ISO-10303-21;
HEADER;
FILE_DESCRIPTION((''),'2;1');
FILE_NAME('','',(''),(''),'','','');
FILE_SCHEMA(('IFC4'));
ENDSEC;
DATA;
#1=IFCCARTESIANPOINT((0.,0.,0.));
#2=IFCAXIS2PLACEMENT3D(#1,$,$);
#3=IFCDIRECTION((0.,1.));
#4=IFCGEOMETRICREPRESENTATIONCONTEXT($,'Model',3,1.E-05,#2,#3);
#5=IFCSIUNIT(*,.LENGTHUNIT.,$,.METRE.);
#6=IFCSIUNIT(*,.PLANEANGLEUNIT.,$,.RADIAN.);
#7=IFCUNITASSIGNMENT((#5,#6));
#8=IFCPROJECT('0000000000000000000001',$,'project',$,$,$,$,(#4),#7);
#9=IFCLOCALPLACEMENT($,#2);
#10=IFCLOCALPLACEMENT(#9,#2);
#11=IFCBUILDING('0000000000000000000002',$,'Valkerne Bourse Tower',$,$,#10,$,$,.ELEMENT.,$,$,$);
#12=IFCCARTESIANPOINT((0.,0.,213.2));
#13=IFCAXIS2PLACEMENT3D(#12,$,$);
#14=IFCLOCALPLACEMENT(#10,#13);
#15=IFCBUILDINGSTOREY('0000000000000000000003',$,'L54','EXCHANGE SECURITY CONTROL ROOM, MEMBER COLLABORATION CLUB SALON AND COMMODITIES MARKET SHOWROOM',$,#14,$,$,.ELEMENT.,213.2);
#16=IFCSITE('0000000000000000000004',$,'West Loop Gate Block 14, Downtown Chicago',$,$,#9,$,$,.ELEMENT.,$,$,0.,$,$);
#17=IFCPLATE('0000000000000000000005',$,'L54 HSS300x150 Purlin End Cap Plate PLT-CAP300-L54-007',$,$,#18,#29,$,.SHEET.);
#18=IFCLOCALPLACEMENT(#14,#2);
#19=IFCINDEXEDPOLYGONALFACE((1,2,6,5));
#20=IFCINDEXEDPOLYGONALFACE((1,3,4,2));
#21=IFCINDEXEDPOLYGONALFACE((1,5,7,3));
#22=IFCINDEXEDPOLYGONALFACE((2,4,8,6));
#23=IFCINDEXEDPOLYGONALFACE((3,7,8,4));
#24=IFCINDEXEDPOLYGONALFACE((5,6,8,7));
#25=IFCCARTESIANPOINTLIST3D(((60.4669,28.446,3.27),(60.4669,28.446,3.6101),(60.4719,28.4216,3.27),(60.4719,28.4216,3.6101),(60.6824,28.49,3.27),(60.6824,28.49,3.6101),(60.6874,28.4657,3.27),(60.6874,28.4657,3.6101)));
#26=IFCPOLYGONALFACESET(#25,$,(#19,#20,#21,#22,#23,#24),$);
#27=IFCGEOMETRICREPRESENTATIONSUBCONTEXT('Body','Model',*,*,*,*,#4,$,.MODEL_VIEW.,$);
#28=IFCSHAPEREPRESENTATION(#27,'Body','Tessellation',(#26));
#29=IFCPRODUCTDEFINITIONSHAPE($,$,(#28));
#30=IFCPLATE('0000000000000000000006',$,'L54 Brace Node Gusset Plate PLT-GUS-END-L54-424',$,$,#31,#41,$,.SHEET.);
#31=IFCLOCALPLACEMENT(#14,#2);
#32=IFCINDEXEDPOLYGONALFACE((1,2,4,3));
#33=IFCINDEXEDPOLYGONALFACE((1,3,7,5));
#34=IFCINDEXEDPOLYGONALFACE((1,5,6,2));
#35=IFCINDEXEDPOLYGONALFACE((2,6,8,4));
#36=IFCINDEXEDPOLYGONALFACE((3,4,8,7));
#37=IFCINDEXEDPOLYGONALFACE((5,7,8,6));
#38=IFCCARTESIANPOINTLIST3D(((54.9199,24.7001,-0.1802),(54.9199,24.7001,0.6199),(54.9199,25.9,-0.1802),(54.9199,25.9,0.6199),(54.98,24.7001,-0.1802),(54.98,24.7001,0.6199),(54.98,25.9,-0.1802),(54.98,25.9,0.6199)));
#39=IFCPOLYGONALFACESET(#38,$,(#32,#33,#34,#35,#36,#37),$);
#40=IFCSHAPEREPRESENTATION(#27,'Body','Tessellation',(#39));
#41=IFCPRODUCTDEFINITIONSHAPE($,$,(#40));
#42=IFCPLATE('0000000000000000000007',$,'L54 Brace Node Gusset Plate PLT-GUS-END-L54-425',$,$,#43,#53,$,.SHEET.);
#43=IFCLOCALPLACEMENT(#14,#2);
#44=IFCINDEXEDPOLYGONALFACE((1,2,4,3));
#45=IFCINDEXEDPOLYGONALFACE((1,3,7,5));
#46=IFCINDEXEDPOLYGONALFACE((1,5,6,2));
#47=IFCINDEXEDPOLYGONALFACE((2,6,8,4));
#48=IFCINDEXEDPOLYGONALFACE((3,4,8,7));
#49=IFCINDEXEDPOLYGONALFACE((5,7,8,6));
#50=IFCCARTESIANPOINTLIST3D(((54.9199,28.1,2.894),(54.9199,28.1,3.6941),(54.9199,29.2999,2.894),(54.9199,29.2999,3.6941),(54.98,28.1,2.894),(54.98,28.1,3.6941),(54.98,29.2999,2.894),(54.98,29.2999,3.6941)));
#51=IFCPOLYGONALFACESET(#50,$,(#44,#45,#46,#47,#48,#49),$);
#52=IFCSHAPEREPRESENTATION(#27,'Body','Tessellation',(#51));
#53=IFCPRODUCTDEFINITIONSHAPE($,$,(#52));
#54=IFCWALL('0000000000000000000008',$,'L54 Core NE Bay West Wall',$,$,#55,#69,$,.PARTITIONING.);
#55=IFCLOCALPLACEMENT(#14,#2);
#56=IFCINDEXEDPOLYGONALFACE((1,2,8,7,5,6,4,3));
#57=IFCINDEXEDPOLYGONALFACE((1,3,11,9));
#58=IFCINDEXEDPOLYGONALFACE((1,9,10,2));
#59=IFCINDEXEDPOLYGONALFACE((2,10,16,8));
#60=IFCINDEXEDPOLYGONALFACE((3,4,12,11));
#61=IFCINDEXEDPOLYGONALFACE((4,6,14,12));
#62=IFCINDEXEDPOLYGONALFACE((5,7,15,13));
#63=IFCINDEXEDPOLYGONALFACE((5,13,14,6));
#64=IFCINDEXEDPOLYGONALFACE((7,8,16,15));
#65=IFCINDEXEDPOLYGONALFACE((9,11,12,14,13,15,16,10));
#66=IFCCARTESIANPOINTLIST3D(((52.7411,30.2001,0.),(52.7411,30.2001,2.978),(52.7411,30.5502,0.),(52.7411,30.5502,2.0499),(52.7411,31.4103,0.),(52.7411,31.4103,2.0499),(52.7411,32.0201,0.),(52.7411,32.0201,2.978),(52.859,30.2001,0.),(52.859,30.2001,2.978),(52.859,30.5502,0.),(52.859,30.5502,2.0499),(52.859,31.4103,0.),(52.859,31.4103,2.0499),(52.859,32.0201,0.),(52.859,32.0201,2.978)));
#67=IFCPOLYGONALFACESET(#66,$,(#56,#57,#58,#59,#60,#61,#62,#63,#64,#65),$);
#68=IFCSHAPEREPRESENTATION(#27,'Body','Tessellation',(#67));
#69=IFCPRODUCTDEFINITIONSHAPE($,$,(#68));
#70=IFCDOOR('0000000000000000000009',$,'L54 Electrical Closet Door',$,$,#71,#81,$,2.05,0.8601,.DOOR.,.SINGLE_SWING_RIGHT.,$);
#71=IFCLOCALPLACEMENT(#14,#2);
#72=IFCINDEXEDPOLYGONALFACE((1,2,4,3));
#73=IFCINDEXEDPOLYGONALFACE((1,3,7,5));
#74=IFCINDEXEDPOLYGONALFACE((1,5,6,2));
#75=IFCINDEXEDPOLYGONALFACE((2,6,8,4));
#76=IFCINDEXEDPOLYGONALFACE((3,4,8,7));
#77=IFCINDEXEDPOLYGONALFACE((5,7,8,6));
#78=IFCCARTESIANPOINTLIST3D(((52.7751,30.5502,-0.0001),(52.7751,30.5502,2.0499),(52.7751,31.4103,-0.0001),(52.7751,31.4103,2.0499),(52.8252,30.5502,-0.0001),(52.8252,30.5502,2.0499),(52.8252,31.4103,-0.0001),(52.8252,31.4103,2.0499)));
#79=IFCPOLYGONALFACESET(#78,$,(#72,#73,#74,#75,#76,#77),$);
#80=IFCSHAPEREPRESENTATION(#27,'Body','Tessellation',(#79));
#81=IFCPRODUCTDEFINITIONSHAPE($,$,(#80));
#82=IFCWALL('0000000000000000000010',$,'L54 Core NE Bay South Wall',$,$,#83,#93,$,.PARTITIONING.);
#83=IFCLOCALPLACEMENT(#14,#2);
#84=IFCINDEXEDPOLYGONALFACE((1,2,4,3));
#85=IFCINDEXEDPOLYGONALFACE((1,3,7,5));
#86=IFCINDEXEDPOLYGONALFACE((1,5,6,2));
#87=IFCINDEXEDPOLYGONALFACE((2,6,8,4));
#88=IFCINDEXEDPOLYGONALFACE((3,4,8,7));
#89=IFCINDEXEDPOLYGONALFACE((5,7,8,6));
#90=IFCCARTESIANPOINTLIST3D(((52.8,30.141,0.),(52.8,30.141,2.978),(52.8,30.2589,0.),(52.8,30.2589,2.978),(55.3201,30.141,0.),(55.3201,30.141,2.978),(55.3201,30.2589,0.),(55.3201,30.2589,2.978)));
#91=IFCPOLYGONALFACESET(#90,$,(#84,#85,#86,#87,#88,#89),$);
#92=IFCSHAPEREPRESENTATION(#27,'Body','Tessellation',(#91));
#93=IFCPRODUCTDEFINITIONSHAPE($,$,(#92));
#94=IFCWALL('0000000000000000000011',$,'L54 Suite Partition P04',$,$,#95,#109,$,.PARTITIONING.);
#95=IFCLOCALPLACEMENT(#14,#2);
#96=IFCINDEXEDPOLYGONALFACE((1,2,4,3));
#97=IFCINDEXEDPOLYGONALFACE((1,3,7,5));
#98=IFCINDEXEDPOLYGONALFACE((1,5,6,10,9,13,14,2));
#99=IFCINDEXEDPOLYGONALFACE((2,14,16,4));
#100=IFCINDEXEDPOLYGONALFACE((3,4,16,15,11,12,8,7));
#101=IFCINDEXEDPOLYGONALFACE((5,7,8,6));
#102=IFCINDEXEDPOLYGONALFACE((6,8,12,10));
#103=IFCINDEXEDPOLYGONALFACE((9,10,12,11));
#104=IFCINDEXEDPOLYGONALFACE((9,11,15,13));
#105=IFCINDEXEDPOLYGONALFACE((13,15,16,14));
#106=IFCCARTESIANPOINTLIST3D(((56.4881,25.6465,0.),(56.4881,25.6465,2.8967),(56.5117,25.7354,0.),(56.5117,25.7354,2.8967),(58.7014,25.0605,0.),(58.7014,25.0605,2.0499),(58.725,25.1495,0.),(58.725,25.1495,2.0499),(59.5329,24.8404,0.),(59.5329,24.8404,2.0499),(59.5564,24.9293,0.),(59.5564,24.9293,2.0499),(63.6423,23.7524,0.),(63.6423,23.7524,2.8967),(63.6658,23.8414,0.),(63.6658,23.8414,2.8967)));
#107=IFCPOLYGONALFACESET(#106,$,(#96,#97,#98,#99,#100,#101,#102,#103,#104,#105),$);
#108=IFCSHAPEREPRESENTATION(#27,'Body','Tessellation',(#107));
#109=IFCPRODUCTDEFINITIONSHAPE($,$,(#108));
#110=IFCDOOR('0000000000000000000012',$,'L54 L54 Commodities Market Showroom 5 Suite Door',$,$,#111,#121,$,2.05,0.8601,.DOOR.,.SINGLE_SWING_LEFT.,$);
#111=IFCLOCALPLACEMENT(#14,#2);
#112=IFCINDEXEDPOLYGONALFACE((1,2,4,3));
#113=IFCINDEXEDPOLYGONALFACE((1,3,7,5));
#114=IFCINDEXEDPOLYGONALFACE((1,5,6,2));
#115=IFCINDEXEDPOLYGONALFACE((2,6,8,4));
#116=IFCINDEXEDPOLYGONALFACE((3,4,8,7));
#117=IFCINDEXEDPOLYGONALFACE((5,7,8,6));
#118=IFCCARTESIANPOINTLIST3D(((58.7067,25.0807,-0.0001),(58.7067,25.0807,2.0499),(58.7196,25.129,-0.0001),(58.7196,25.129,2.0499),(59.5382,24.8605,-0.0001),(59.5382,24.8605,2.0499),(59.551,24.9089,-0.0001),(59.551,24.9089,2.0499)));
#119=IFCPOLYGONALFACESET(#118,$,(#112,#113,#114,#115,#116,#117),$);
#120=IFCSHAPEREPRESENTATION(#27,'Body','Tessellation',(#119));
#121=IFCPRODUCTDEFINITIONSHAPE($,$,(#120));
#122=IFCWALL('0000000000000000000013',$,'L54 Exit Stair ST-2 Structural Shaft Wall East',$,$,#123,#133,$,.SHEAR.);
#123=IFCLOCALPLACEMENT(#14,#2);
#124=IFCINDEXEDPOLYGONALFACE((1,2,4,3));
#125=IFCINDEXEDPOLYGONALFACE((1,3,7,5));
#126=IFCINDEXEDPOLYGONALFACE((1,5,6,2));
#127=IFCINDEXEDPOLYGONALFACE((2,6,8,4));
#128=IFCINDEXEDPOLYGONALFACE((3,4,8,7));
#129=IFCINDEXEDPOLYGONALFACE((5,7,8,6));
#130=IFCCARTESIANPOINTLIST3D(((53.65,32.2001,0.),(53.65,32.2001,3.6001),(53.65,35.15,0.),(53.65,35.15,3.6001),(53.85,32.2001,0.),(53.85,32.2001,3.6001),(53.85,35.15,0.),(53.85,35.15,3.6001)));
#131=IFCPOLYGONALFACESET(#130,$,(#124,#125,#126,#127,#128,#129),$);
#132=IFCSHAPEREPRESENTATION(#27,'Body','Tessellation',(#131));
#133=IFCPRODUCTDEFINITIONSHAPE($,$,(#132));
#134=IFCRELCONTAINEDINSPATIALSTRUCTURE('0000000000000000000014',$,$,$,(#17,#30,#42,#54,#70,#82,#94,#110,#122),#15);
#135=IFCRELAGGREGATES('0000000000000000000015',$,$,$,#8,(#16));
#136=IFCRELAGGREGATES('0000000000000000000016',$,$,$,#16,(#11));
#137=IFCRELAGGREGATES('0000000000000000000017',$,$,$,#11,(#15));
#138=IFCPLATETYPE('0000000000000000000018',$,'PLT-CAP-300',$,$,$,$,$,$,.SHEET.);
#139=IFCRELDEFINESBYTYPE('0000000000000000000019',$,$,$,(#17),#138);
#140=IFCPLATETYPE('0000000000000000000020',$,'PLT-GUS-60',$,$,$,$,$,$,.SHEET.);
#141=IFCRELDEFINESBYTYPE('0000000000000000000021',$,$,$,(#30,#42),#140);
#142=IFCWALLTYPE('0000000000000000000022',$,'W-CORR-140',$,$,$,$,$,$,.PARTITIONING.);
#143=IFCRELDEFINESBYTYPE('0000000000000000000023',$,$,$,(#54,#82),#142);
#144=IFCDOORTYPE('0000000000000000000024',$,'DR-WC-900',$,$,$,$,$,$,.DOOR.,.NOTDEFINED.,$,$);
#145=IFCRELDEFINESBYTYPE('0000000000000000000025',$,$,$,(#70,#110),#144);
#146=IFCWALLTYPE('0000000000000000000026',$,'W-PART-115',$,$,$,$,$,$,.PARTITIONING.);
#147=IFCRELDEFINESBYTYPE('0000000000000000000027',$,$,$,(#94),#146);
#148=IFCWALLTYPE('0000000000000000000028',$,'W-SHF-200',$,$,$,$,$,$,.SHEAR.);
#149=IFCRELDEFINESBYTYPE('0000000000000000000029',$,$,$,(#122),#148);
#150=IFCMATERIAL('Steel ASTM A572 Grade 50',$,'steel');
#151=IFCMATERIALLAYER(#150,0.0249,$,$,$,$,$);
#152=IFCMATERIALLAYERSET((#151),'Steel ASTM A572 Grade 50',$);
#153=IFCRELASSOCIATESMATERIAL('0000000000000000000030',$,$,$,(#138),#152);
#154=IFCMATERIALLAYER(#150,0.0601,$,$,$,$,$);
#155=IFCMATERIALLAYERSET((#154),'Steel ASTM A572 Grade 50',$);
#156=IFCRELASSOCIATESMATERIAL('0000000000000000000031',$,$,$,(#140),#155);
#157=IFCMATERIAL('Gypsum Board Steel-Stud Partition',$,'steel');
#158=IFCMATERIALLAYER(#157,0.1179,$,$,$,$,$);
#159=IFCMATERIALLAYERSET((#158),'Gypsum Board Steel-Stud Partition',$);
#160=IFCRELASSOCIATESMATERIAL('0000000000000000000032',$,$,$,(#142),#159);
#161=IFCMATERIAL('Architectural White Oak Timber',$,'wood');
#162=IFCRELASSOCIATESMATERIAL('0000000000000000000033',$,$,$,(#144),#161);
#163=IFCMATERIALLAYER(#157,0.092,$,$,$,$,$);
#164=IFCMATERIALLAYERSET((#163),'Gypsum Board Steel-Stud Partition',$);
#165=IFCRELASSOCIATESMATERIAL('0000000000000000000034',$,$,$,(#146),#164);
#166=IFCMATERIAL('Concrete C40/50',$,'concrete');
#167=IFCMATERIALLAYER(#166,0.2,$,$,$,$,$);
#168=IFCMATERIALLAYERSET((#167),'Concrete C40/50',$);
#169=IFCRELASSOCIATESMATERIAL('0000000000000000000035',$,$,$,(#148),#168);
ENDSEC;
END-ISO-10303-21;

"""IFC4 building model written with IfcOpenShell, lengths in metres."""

from ifc_helpers import new_model, si_unit, direction, frame, frame_2d, origin, origin_2d, place, context, subcontext, project, spatial, rectangle, extrude, material, layer, layer_set, type_object, element, fill, save


model = new_model("IFC4")

# Units and contexts
model_context = context("Model", 3, precision=1e-05, world=origin(), true_north=direction((0.0, 1.0)))
body_context = subcontext(model_context, "Body", "Model", "MODEL_VIEW")
ifc_project = project(units=[si_unit("LENGTHUNIT", "METRE"), si_unit("PLANEANGLEUNIT", "RADIAN")], contexts=[model_context])

# Site, building, storey
site_placement = place(None, origin())
site = spatial("IfcSite", under=ifc_project, at=site_placement, Name="West Loop Gate Block 14, Downtown Chicago", CompositionType="ELEMENT", RefElevation=0.0)
building_placement = place(site_placement, origin())
building = spatial("IfcBuilding", under=site, at=building_placement, Name="Valkerne Bourse Tower", CompositionType="ELEMENT")
storey_placement = place(building_placement, frame((0.0, 0.0, 213.2)))
storey = spatial("IfcBuildingStorey", under=building, at=storey_placement, Name="L54", Description="EXCHANGE SECURITY CONTROL ROOM, MEMBER COLLABORATION CLUB SALON AND COMMODITIES MARKET SHOWROOM", CompositionType="ELEMENT", Elevation=213.2)

# Plates
ifc_material_1 = material(Name="Steel ASTM A572 Grade 50", Category="steel")
ifc_layer_1 = layer(ifc_material_1, 0.0249)
ifc_layer_set_1 = layer_set([ifc_layer_1], Name="Steel ASTM A572 Grade 50")
plate_type_1 = type_object("IfcPlateType", Name="PLT-CAP-300", PredefinedType="SHEET", material=ifc_layer_set_1)
plate_1_placement = place(storey_placement, frame((60.5771, 28.4558, 3.27), z_axis=(0.0, 0.0, 1.0), x_axis=(-0.200394, 0.979715, 0.0)))
element("IfcPlate", 1, at=plate_1_placement, inside=storey, type_object=plate_type_1, Name="L54 HSS300x150 Purlin End Cap Plate PLT-CAP300-L54-007", PredefinedType="SHEET", context=body_context, shape_type="SweptSolid", body=[
    extrude(rectangle(XDim=0.0249, YDim=0.22, at=origin_2d()), origin(), (0.0, 0.0, 1.0), 0.3401),
])
ifc_layer_2 = layer(ifc_material_1, 0.0601)
ifc_layer_set_2 = layer_set([ifc_layer_2], Name="Steel ASTM A572 Grade 50")
plate_type_2 = type_object("IfcPlateType", Name="PLT-GUS-60", PredefinedType="SHEET", material=ifc_layer_set_2)
for number, where, z_axis, x_axis, name in (
    (2, (54.95, 25.3, -0.1802), (0.0, 0.0, 1.0), (0.0, 1.0, 0.0), "L54 Brace Node Gusset Plate PLT-GUS-END-L54-424"),
    (3, (54.95, 28.7, 2.894), (0.0, 0.0, 1.0), (0.0, 1.0, 0.0), "L54 Brace Node Gusset Plate PLT-GUS-END-L54-425"),
):
    element("IfcPlate", number, at=place(storey_placement, frame(where, z_axis=z_axis, x_axis=x_axis)), inside=storey, type_object=plate_type_2, Name=name, PredefinedType="SHEET", context=body_context, shape_type="SweptSolid", body=[
        extrude(rectangle(XDim=1.2, YDim=0.0601, at=origin_2d()), origin(), (0.0, 0.0, 1.0), 0.8),
    ])

# Wall, opening, door
ifc_material_2 = material(Name="Gypsum Board Steel-Stud Partition", Category="steel")
ifc_layer_3 = layer(ifc_material_2, 0.1179)
ifc_layer_set_3 = layer_set([ifc_layer_3], Name="Gypsum Board Steel-Stud Partition")
wall_type_1 = type_object("IfcWallType", Name="W-CORR-140", PredefinedType="PARTITIONING", material=ifc_layer_set_3)
wall_1_placement = place(storey_placement, frame((52.8, 30.2, 0.0), z_axis=(0.0, 0.0, 1.0), x_axis=(0.0, 1.0, 0.0)))
wall_1 = element("IfcWall", 4, at=wall_1_placement, inside=storey, type_object=wall_type_1, Name="L54 Core NE Bay West Wall", PredefinedType="PARTITIONING", context=body_context, shape_type="SweptSolid", body=[
    extrude(rectangle(XDim=1.8201, YDim=0.1179, at=frame_2d((0.9102, 0.0))), origin(), (0.0, 0.0, 1.0), 2.978),
])
opening_1_placement = place(wall_1_placement, frame((0.3501, 0.0, 0.0)))
opening_1 = element("IfcOpeningElement", 5, at=opening_1_placement, cuts=wall_1, PredefinedType="OPENING", context=body_context, shape_type="SweptSolid", body=[
    extrude(rectangle(XDim=0.8601, YDim=2.05, at=frame_2d((0.4302, 1.0249))), frame((0.0, 0.0688, 0.0), z_axis=(0.0, -1.0, 0.0), x_axis=(1.0, 0.0, 0.0)), (0.0, 0.0, 1.0), 0.1379),
])
ifc_material_3 = material(Name="Architectural White Oak Timber", Category="wood")
door_type_1 = type_object("IfcDoorType", Name="DR-WC-900", OperationType="NOTDEFINED", PredefinedType="DOOR", material=ifc_material_3)
door_1_placement = place(opening_1_placement, origin())
door_1 = element("IfcDoor", 6, at=door_1_placement, inside=storey, type_object=door_type_1, Name="L54 Electrical Closet Door", OperationType="SINGLE_SWING_RIGHT", OverallHeight=2.05, OverallWidth=0.8601, PredefinedType="DOOR", context=body_context, shape_type="SweptSolid", body=[
    extrude(rectangle(XDim=0.8601, YDim=2.05, at=frame_2d((0.4302, 1.0249))), frame((0.0, 0.0249, 0.0), z_axis=(0.0, -1.0, 0.0), x_axis=(1.0, 0.0, 0.0)), (0.0, 0.0, 1.0), 0.05),
])
fill(opening_1, door_1)

# Wall
wall_2_placement = place(storey_placement, frame((52.8, 30.2, 0.0), z_axis=(0.0, 0.0, 1.0), x_axis=(1.0, 0.0, 0.0)))
element("IfcWall", 7, at=wall_2_placement, inside=storey, type_object=wall_type_1, Name="L54 Core NE Bay South Wall", PredefinedType="PARTITIONING", context=body_context, shape_type="SweptSolid", body=[
    extrude(rectangle(XDim=2.52, YDim=0.1179, at=frame_2d((1.26, 0.0))), origin(), (0.0, 0.0, 1.0), 2.978),
])

# Wall, opening, door
ifc_layer_4 = layer(ifc_material_2, 0.092)
ifc_layer_set_4 = layer_set([ifc_layer_4], Name="Gypsum Board Steel-Stud Partition")
wall_type_2 = type_object("IfcWallType", Name="W-PART-115", PredefinedType="PARTITIONING", material=ifc_layer_set_4)
wall_3_placement = place(storey_placement, frame((56.5, 25.6909, 0.0), z_axis=(0.0, 0.0, 1.0), x_axis=(0.966694, -0.255933, 0.0)))
wall_3 = element("IfcWall", 8, at=wall_3_placement, inside=storey, type_object=wall_type_2, Name="L54 Suite Partition P04", PredefinedType="PARTITIONING", context=body_context, shape_type="SweptSolid", body=[
    extrude(rectangle(XDim=7.4006, YDim=0.092, at=frame_2d((3.7002, 0.0))), origin(), (0.0, 0.0, 1.0), 2.8967),
])
opening_2_placement = place(wall_3_placement, frame((2.2893, 0.0, 0.0)))
opening_2 = element("IfcOpeningElement", 9, at=opening_2_placement, cuts=wall_3, PredefinedType="OPENING", context=body_context, shape_type="SweptSolid", body=[
    extrude(rectangle(XDim=0.8601, YDim=2.05, at=frame_2d((0.4302, 1.0249))), frame((0.0, 0.0559, 0.0), z_axis=(0.0, -1.0, 0.0), x_axis=(1.0, 0.0, 0.0)), (0.0, 0.0, 1.0), 0.1121),
])
door_2_placement = place(opening_2_placement, origin())
door_2 = element("IfcDoor", 10, at=door_2_placement, inside=storey, type_object=door_type_1, Name="L54 L54 Commodities Market Showroom 5 Suite Door", OperationType="SINGLE_SWING_LEFT", OverallHeight=2.05, OverallWidth=0.8601, PredefinedType="DOOR", context=body_context, shape_type="SweptSolid", body=[
    extrude(rectangle(XDim=0.8601, YDim=2.05, at=frame_2d((0.4302, 1.0249))), frame((0.0, 0.0249, 0.0), z_axis=(0.0, -1.0, 0.0), x_axis=(1.0, 0.0, 0.0)), (0.0, 0.0, 1.0), 0.05),
])
fill(opening_2, door_2)

# Wall
ifc_material_4 = material(Name="Concrete C40/50", Category="concrete")
ifc_layer_5 = layer(ifc_material_4, 0.2)
ifc_layer_set_5 = layer_set([ifc_layer_5], Name="Concrete C40/50")
wall_type_3 = type_object("IfcWallType", Name="W-SHF-200", PredefinedType="SHEAR", material=ifc_layer_set_5)
wall_4_placement = place(storey_placement, frame((53.75, 32.2, 0.0), z_axis=(0.0, 0.0, 1.0), x_axis=(0.0, 1.0, 0.0)))
element("IfcWall", 11, at=wall_4_placement, inside=storey, type_object=wall_type_3, Name="L54 Exit Stair ST-2 Structural Shaft Wall East", PredefinedType="SHEAR", context=body_context, shape_type="SweptSolid", body=[
    extrude(rectangle(XDim=2.95, YDim=0.2, at=frame_2d((1.4751, 0.0))), origin(), (0.0, 0.0, 1.0), 3.6001),
])

save(model, "model.ifc")
